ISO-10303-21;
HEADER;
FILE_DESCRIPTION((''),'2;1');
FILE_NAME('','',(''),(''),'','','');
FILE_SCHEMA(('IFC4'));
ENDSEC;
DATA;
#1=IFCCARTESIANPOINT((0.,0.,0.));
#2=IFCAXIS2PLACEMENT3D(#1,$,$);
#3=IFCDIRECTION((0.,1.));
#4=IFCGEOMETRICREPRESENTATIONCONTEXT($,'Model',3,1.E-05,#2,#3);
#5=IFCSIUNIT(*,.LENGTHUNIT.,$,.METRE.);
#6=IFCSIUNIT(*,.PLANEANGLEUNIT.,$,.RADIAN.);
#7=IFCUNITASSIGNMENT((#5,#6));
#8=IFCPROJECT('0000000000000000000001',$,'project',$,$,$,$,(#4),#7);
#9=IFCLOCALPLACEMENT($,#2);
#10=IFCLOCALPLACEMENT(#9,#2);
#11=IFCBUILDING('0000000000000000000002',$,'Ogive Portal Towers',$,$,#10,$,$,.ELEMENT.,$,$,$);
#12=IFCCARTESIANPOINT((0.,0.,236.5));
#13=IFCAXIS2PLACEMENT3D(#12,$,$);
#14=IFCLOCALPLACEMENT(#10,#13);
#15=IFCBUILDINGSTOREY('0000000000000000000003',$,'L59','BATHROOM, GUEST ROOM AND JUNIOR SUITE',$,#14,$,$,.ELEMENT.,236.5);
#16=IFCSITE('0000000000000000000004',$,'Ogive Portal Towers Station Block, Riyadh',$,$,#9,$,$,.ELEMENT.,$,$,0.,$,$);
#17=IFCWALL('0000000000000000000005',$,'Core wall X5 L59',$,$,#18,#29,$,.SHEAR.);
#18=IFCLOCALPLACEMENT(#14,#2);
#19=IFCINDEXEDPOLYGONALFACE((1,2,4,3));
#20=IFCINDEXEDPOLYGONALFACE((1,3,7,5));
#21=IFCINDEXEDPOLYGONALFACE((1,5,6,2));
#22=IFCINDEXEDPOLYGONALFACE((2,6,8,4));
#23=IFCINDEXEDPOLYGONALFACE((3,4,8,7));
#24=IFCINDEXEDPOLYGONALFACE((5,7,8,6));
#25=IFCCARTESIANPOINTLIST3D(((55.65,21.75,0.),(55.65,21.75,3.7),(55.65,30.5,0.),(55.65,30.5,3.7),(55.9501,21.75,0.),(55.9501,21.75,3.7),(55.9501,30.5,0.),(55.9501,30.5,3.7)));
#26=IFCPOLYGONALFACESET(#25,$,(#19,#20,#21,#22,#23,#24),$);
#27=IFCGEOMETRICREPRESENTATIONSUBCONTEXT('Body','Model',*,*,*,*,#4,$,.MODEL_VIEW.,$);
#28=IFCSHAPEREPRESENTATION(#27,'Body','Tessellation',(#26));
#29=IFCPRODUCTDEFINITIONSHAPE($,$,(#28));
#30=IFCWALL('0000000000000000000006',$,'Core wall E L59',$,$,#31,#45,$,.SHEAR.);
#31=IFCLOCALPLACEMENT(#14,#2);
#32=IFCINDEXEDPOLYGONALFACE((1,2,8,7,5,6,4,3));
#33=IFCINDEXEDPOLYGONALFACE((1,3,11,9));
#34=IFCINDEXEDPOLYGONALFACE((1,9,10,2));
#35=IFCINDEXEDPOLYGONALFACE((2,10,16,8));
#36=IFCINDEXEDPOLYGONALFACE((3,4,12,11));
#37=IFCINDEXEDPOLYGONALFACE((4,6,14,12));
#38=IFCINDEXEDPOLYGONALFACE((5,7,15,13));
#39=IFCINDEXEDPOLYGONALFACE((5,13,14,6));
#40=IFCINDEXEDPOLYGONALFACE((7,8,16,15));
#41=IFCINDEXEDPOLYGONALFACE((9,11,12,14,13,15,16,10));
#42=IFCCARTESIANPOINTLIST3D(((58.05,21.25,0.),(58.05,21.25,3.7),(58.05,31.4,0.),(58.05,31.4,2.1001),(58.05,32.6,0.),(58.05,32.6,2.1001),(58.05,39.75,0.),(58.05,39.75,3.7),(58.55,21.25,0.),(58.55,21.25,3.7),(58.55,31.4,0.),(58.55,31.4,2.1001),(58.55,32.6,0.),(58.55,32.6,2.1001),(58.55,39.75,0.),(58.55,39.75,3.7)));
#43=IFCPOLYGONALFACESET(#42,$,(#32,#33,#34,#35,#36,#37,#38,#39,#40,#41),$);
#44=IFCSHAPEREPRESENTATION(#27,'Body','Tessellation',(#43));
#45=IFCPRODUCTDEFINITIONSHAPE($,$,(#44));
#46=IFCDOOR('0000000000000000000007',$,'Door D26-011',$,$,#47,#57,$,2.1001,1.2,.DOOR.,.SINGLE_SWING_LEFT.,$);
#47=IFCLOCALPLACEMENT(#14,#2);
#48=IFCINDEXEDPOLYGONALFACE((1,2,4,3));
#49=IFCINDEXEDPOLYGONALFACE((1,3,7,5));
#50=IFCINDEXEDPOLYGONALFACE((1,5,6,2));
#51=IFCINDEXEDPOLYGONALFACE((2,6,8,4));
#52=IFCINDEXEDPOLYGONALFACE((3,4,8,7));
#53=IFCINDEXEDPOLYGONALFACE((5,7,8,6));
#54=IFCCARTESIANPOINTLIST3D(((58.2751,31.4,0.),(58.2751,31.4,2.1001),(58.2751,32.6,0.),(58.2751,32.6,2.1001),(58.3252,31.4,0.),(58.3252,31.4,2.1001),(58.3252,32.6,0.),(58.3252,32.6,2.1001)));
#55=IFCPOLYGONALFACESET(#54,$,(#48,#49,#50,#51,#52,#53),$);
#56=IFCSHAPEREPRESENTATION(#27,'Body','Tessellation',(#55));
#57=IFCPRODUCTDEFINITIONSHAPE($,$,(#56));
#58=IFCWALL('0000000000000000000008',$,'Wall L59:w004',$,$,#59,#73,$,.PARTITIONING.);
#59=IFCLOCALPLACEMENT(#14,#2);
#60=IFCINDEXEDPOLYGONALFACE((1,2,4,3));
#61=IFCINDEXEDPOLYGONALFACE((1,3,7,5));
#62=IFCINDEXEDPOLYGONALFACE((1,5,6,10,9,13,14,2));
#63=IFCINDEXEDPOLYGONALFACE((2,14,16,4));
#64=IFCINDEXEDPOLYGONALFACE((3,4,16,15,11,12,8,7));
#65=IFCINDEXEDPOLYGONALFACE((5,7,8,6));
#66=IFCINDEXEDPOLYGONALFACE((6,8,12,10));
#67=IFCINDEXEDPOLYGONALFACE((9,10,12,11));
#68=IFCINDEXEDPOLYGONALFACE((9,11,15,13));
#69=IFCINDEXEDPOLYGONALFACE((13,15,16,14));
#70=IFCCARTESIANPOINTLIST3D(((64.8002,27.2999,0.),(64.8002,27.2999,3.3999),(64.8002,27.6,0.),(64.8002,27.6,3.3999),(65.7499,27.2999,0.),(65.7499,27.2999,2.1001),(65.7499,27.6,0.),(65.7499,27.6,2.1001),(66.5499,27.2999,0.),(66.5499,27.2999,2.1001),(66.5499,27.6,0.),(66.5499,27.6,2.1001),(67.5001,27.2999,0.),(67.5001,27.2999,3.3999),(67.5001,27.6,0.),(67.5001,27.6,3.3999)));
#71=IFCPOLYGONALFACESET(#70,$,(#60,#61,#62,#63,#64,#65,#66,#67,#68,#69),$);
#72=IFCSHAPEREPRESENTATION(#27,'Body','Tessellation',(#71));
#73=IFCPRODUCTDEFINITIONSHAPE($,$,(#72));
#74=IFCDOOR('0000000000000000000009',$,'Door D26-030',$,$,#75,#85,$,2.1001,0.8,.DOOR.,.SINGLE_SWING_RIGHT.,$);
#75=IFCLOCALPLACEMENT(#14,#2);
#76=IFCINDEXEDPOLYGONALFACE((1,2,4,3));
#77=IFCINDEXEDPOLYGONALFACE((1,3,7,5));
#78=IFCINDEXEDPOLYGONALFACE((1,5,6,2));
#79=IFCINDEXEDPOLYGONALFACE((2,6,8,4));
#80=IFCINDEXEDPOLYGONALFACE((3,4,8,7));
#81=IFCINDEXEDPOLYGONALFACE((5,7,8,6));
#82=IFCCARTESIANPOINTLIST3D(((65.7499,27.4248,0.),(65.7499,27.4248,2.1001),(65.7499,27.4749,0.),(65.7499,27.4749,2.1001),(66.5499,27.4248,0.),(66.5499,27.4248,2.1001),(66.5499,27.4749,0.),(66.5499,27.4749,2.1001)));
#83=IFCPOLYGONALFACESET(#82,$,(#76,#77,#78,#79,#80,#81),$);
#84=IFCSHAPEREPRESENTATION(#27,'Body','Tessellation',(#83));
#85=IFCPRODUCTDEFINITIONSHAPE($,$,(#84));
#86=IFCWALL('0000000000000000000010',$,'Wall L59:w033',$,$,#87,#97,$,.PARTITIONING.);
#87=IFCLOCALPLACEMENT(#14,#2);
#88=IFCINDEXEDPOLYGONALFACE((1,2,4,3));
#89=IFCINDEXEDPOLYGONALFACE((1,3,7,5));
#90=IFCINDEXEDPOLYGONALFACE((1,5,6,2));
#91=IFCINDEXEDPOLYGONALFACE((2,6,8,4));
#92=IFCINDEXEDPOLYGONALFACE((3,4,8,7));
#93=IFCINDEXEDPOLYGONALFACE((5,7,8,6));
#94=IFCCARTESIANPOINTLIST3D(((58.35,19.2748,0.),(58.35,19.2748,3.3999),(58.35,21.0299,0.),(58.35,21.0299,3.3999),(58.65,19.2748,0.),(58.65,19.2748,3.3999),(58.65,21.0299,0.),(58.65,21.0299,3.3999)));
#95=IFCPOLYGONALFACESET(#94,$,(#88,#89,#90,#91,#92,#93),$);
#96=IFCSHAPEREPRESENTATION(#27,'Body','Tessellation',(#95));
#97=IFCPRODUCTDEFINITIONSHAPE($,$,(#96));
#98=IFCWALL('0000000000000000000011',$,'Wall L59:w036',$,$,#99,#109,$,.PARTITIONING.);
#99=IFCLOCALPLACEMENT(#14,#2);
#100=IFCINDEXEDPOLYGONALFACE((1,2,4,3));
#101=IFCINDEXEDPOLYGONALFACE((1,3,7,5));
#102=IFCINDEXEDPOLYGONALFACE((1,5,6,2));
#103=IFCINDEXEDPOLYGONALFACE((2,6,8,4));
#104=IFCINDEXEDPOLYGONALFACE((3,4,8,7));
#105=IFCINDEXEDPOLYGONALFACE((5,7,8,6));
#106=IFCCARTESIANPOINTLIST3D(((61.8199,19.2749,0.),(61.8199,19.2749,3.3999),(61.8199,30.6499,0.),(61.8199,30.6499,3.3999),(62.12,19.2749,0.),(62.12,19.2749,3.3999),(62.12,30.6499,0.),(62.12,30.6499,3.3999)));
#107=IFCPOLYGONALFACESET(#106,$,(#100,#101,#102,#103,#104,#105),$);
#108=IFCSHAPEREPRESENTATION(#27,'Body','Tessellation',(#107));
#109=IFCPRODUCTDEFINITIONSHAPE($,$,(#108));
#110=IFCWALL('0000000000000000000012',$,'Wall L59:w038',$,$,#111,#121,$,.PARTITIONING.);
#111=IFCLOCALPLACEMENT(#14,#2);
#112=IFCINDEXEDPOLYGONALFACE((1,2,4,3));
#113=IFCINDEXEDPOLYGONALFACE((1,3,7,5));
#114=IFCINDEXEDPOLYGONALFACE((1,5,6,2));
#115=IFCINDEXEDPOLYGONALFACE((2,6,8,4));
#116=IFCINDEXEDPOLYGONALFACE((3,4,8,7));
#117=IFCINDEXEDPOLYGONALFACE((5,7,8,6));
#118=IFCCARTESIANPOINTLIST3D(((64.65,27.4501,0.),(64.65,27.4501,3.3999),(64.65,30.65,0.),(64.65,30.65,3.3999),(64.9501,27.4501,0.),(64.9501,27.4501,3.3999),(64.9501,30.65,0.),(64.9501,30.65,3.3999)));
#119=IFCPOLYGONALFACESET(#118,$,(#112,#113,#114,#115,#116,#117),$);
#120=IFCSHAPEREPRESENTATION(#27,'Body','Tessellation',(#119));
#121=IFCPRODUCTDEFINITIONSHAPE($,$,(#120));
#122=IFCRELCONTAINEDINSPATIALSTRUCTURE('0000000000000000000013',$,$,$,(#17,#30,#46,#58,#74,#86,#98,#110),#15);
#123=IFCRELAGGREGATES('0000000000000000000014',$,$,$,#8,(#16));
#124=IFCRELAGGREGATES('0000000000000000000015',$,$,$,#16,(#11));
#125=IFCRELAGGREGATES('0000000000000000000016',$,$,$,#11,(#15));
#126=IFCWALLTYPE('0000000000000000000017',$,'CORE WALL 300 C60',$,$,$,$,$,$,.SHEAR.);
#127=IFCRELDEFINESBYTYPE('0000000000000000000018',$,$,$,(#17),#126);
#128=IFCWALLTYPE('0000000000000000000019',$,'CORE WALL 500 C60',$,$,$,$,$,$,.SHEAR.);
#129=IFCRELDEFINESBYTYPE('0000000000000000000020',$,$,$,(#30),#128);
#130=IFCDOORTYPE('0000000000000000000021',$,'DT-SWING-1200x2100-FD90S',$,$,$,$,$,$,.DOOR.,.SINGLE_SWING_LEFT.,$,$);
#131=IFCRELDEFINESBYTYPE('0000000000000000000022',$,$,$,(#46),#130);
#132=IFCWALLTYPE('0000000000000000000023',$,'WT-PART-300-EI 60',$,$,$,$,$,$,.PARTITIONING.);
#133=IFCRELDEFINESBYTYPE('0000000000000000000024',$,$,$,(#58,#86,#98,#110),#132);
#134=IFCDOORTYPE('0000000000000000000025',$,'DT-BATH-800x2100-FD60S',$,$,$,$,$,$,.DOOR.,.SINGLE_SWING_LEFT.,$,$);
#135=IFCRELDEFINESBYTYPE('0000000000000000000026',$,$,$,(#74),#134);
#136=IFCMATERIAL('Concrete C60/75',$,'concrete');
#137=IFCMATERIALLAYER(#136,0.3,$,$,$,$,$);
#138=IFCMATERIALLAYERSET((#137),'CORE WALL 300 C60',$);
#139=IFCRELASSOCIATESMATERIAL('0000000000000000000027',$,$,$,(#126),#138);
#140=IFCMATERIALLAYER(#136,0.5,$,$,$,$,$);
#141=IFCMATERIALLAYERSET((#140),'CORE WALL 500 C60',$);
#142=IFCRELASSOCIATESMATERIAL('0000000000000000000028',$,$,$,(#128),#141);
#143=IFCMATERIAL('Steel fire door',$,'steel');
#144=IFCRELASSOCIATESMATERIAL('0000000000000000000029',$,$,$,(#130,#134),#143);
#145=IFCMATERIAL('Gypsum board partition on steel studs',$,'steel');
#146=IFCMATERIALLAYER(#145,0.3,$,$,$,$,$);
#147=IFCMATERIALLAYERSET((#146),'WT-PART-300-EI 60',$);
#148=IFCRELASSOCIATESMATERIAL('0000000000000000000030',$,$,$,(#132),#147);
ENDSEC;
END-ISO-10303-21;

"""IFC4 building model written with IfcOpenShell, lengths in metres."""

from ifc_helpers import new_model, si_unit, direction, frame, frame_2d, origin, place, context, subcontext, project, spatial, rectangle, extrude, material, layer, layer_set, type_object, element, fill, save


model = new_model("IFC4")

# Units and contexts
model_context = context("Model", 3, precision=1e-05, world=origin(), true_north=direction((0.0, 1.0)))
body_context = subcontext(model_context, "Body", "Model", "MODEL_VIEW")
ifc_project = project(units=[si_unit("LENGTHUNIT", "METRE"), si_unit("PLANEANGLEUNIT", "RADIAN")], contexts=[model_context])

# Site, building, storey
site_placement = place(None, origin())
site = spatial("IfcSite", under=ifc_project, at=site_placement, Name="Ogive Portal Towers Station Block, Riyadh", CompositionType="ELEMENT", RefElevation=0.0)
building_placement = place(site_placement, origin())
building = spatial("IfcBuilding", under=site, at=building_placement, Name="Ogive Portal Towers", CompositionType="ELEMENT")
storey_placement = place(building_placement, frame((0.0, 0.0, 236.5)))
storey = spatial("IfcBuildingStorey", under=building, at=storey_placement, Name="L59", Description="BATHROOM, GUEST ROOM AND JUNIOR SUITE", CompositionType="ELEMENT", Elevation=236.5)

# Wall
ifc_material_1 = material(Name="Concrete C60/75", Category="concrete")
ifc_layer_1 = layer(ifc_material_1, 0.3)
ifc_layer_set_1 = layer_set([ifc_layer_1], Name="CORE WALL 300 C60")
wall_type_1 = type_object("IfcWallType", Name="CORE WALL 300 C60", PredefinedType="SHEAR", material=ifc_layer_set_1)
wall_1_placement = place(storey_placement, frame((55.8, 21.75, 0.0), z_axis=(0.0, 0.0, 1.0), x_axis=(0.0, 1.0, 0.0)))
element("IfcWall", 1, at=wall_1_placement, inside=storey, type_object=wall_type_1, Name="Core wall X5 L59", PredefinedType="SHEAR", context=body_context, shape_type="SweptSolid", body=[
    extrude(rectangle(XDim=8.75, YDim=0.3, at=frame_2d((4.375, 0.0))), origin(), (0.0, 0.0, 1.0), 3.7),
])

# Walls, openings, doors
ifc_layer_2 = layer(ifc_material_1, 0.5)
ifc_layer_set_2 = layer_set([ifc_layer_2], Name="CORE WALL 500 C60")
wall_type_2 = type_object("IfcWallType", Name="CORE WALL 500 C60", PredefinedType="SHEAR", material=ifc_layer_set_2)
wall_2_placement = place(storey_placement, frame((58.3, 21.25, 0.0), z_axis=(0.0, 0.0, 1.0), x_axis=(0.0, 1.0, 0.0)))
wall_2 = element("IfcWall", 2, at=wall_2_placement, inside=storey, type_object=wall_type_2, Name="Core wall E L59", PredefinedType="SHEAR", context=body_context, shape_type="SweptSolid", body=[
    extrude(rectangle(XDim=18.5, YDim=0.5, at=frame_2d((9.25, 0.0))), origin(), (0.0, 0.0, 1.0), 3.7),
])
opening_1_placement = place(wall_2_placement, frame((10.1499, 0.0, 0.0)))
opening_1 = element("IfcOpeningElement", 3, at=opening_1_placement, cuts=wall_2, PredefinedType="OPENING", context=body_context, shape_type="SweptSolid", body=[
    extrude(rectangle(XDim=1.2, YDim=2.1001, at=frame_2d((0.6001, 1.05))), frame((0.0, 0.26, 0.0), z_axis=(0.0, -1.0, 0.0), x_axis=(1.0, 0.0, 0.0)), (0.0, 0.0, 1.0), 0.52),
])
ifc_material_2 = material(Name="Steel fire door", Category="steel")
door_type_1 = type_object("IfcDoorType", Name="DT-SWING-1200x2100-FD90S", OperationType="SINGLE_SWING_LEFT", PredefinedType="DOOR", material=ifc_material_2)
door_1_placement = place(opening_1_placement, origin())
door_1 = element("IfcDoor", 4, at=door_1_placement, inside=storey, type_object=door_type_1, Name="Door D26-011", OperationType="SINGLE_SWING_LEFT", OverallHeight=2.1001, OverallWidth=1.2, PredefinedType="DOOR", context=body_context, shape_type="SweptSolid", body=[
    extrude(rectangle(XDim=1.2, YDim=2.1001, at=frame_2d((0.6001, 1.05))), frame((0.0, 0.0249, 0.0), z_axis=(0.0, -1.0, 0.0), x_axis=(1.0, 0.0, 0.0)), (0.0, 0.0, 1.0), 0.05),
])
fill(opening_1, door_1)
ifc_material_3 = material(Name="Gypsum board partition on steel studs", Category="steel")
ifc_layer_3 = layer(ifc_material_3, 0.3)
ifc_layer_set_3 = layer_set([ifc_layer_3], Name="WT-PART-300-EI 60")
wall_type_3 = type_object("IfcWallType", Name="WT-PART-300-EI 60", PredefinedType="PARTITIONING", material=ifc_layer_set_3)
wall_3_placement = place(storey_placement, frame((64.8, 27.45, 0.0), z_axis=(0.0, 0.0, 1.0), x_axis=(1.0, 0.0, 0.0)))
wall_3 = element("IfcWall", 5, at=wall_3_placement, inside=storey, type_object=wall_type_3, Name="Wall L59:w004", PredefinedType="PARTITIONING", context=body_context, shape_type="SweptSolid", body=[
    extrude(rectangle(XDim=2.7, YDim=0.3, at=frame_2d((1.3501, 0.0))), origin(), (0.0, 0.0, 1.0), 3.3999),
])
opening_2_placement = place(wall_3_placement, frame((0.95, 0.0, 0.0)))
opening_2 = element("IfcOpeningElement", 6, at=opening_2_placement, cuts=wall_3, PredefinedType="OPENING", context=body_context, shape_type="SweptSolid", body=[
    extrude(rectangle(XDim=0.8, YDim=2.1001, at=frame_2d((0.3999, 1.05))), frame((0.0, 0.1602, 0.0), z_axis=(0.0, -1.0, 0.0), x_axis=(1.0, 0.0, 0.0)), (0.0, 0.0, 1.0), 0.3201),
])
door_type_2 = type_object("IfcDoorType", Name="DT-BATH-800x2100-FD60S", OperationType="SINGLE_SWING_LEFT", PredefinedType="DOOR", material=ifc_material_2)
door_2_placement = place(opening_2_placement, origin())
door_2 = element("IfcDoor", 7, at=door_2_placement, inside=storey, type_object=door_type_2, Name="Door D26-030", OperationType="SINGLE_SWING_RIGHT", OverallHeight=2.1001, OverallWidth=0.8, PredefinedType="DOOR", context=body_context, shape_type="SweptSolid", body=[
    extrude(rectangle(XDim=0.8, YDim=2.1001, at=frame_2d((0.3999, 1.05))), frame((0.0, 0.0249, 0.0), z_axis=(0.0, -1.0, 0.0), x_axis=(1.0, 0.0, 0.0)), (0.0, 0.0, 1.0), 0.05),
])
fill(opening_2, door_2)

# Walls
wall_4_placement = place(storey_placement, frame((58.5, 19.2749, 0.0), z_axis=(0.0, 0.0, 1.0), x_axis=(0.0, 1.0, 0.0)))
element("IfcWall", 8, at=wall_4_placement, inside=storey, type_object=wall_type_3, Name="Wall L59:w033", PredefinedType="PARTITIONING", context=body_context, shape_type="SweptSolid", body=[
    extrude(rectangle(XDim=1.7551, YDim=0.3, at=frame_2d((0.8774, 0.0))), origin(), (0.0, 0.0, 1.0), 3.3999),
])
wall_5_placement = place(storey_placement, frame((61.97, 19.2749, 0.0), z_axis=(0.0, 0.0, 1.0), x_axis=(0.0, 1.0, 0.0)))
element("IfcWall", 9, at=wall_5_placement, inside=storey, type_object=wall_type_3, Name="Wall L59:w036", PredefinedType="PARTITIONING", context=body_context, shape_type="SweptSolid", body=[
    extrude(rectangle(XDim=11.375, YDim=0.3, at=frame_2d((5.6875, 0.0))), origin(), (0.0, 0.0, 1.0), 3.3999),
])
wall_6_placement = place(storey_placement, frame((64.8, 27.45, 0.0), z_axis=(0.0, 0.0, 1.0), x_axis=(0.0, 1.0, 0.0)))
element("IfcWall", 10, at=wall_6_placement, inside=storey, type_object=wall_type_3, Name="Wall L59:w038", PredefinedType="PARTITIONING", context=body_context, shape_type="SweptSolid", body=[
    extrude(rectangle(XDim=3.2, YDim=0.3, at=frame_2d((1.6001, 0.0))), origin(), (0.0, 0.0, 1.0), 3.3999),
])

save(model, "model.ifc")
